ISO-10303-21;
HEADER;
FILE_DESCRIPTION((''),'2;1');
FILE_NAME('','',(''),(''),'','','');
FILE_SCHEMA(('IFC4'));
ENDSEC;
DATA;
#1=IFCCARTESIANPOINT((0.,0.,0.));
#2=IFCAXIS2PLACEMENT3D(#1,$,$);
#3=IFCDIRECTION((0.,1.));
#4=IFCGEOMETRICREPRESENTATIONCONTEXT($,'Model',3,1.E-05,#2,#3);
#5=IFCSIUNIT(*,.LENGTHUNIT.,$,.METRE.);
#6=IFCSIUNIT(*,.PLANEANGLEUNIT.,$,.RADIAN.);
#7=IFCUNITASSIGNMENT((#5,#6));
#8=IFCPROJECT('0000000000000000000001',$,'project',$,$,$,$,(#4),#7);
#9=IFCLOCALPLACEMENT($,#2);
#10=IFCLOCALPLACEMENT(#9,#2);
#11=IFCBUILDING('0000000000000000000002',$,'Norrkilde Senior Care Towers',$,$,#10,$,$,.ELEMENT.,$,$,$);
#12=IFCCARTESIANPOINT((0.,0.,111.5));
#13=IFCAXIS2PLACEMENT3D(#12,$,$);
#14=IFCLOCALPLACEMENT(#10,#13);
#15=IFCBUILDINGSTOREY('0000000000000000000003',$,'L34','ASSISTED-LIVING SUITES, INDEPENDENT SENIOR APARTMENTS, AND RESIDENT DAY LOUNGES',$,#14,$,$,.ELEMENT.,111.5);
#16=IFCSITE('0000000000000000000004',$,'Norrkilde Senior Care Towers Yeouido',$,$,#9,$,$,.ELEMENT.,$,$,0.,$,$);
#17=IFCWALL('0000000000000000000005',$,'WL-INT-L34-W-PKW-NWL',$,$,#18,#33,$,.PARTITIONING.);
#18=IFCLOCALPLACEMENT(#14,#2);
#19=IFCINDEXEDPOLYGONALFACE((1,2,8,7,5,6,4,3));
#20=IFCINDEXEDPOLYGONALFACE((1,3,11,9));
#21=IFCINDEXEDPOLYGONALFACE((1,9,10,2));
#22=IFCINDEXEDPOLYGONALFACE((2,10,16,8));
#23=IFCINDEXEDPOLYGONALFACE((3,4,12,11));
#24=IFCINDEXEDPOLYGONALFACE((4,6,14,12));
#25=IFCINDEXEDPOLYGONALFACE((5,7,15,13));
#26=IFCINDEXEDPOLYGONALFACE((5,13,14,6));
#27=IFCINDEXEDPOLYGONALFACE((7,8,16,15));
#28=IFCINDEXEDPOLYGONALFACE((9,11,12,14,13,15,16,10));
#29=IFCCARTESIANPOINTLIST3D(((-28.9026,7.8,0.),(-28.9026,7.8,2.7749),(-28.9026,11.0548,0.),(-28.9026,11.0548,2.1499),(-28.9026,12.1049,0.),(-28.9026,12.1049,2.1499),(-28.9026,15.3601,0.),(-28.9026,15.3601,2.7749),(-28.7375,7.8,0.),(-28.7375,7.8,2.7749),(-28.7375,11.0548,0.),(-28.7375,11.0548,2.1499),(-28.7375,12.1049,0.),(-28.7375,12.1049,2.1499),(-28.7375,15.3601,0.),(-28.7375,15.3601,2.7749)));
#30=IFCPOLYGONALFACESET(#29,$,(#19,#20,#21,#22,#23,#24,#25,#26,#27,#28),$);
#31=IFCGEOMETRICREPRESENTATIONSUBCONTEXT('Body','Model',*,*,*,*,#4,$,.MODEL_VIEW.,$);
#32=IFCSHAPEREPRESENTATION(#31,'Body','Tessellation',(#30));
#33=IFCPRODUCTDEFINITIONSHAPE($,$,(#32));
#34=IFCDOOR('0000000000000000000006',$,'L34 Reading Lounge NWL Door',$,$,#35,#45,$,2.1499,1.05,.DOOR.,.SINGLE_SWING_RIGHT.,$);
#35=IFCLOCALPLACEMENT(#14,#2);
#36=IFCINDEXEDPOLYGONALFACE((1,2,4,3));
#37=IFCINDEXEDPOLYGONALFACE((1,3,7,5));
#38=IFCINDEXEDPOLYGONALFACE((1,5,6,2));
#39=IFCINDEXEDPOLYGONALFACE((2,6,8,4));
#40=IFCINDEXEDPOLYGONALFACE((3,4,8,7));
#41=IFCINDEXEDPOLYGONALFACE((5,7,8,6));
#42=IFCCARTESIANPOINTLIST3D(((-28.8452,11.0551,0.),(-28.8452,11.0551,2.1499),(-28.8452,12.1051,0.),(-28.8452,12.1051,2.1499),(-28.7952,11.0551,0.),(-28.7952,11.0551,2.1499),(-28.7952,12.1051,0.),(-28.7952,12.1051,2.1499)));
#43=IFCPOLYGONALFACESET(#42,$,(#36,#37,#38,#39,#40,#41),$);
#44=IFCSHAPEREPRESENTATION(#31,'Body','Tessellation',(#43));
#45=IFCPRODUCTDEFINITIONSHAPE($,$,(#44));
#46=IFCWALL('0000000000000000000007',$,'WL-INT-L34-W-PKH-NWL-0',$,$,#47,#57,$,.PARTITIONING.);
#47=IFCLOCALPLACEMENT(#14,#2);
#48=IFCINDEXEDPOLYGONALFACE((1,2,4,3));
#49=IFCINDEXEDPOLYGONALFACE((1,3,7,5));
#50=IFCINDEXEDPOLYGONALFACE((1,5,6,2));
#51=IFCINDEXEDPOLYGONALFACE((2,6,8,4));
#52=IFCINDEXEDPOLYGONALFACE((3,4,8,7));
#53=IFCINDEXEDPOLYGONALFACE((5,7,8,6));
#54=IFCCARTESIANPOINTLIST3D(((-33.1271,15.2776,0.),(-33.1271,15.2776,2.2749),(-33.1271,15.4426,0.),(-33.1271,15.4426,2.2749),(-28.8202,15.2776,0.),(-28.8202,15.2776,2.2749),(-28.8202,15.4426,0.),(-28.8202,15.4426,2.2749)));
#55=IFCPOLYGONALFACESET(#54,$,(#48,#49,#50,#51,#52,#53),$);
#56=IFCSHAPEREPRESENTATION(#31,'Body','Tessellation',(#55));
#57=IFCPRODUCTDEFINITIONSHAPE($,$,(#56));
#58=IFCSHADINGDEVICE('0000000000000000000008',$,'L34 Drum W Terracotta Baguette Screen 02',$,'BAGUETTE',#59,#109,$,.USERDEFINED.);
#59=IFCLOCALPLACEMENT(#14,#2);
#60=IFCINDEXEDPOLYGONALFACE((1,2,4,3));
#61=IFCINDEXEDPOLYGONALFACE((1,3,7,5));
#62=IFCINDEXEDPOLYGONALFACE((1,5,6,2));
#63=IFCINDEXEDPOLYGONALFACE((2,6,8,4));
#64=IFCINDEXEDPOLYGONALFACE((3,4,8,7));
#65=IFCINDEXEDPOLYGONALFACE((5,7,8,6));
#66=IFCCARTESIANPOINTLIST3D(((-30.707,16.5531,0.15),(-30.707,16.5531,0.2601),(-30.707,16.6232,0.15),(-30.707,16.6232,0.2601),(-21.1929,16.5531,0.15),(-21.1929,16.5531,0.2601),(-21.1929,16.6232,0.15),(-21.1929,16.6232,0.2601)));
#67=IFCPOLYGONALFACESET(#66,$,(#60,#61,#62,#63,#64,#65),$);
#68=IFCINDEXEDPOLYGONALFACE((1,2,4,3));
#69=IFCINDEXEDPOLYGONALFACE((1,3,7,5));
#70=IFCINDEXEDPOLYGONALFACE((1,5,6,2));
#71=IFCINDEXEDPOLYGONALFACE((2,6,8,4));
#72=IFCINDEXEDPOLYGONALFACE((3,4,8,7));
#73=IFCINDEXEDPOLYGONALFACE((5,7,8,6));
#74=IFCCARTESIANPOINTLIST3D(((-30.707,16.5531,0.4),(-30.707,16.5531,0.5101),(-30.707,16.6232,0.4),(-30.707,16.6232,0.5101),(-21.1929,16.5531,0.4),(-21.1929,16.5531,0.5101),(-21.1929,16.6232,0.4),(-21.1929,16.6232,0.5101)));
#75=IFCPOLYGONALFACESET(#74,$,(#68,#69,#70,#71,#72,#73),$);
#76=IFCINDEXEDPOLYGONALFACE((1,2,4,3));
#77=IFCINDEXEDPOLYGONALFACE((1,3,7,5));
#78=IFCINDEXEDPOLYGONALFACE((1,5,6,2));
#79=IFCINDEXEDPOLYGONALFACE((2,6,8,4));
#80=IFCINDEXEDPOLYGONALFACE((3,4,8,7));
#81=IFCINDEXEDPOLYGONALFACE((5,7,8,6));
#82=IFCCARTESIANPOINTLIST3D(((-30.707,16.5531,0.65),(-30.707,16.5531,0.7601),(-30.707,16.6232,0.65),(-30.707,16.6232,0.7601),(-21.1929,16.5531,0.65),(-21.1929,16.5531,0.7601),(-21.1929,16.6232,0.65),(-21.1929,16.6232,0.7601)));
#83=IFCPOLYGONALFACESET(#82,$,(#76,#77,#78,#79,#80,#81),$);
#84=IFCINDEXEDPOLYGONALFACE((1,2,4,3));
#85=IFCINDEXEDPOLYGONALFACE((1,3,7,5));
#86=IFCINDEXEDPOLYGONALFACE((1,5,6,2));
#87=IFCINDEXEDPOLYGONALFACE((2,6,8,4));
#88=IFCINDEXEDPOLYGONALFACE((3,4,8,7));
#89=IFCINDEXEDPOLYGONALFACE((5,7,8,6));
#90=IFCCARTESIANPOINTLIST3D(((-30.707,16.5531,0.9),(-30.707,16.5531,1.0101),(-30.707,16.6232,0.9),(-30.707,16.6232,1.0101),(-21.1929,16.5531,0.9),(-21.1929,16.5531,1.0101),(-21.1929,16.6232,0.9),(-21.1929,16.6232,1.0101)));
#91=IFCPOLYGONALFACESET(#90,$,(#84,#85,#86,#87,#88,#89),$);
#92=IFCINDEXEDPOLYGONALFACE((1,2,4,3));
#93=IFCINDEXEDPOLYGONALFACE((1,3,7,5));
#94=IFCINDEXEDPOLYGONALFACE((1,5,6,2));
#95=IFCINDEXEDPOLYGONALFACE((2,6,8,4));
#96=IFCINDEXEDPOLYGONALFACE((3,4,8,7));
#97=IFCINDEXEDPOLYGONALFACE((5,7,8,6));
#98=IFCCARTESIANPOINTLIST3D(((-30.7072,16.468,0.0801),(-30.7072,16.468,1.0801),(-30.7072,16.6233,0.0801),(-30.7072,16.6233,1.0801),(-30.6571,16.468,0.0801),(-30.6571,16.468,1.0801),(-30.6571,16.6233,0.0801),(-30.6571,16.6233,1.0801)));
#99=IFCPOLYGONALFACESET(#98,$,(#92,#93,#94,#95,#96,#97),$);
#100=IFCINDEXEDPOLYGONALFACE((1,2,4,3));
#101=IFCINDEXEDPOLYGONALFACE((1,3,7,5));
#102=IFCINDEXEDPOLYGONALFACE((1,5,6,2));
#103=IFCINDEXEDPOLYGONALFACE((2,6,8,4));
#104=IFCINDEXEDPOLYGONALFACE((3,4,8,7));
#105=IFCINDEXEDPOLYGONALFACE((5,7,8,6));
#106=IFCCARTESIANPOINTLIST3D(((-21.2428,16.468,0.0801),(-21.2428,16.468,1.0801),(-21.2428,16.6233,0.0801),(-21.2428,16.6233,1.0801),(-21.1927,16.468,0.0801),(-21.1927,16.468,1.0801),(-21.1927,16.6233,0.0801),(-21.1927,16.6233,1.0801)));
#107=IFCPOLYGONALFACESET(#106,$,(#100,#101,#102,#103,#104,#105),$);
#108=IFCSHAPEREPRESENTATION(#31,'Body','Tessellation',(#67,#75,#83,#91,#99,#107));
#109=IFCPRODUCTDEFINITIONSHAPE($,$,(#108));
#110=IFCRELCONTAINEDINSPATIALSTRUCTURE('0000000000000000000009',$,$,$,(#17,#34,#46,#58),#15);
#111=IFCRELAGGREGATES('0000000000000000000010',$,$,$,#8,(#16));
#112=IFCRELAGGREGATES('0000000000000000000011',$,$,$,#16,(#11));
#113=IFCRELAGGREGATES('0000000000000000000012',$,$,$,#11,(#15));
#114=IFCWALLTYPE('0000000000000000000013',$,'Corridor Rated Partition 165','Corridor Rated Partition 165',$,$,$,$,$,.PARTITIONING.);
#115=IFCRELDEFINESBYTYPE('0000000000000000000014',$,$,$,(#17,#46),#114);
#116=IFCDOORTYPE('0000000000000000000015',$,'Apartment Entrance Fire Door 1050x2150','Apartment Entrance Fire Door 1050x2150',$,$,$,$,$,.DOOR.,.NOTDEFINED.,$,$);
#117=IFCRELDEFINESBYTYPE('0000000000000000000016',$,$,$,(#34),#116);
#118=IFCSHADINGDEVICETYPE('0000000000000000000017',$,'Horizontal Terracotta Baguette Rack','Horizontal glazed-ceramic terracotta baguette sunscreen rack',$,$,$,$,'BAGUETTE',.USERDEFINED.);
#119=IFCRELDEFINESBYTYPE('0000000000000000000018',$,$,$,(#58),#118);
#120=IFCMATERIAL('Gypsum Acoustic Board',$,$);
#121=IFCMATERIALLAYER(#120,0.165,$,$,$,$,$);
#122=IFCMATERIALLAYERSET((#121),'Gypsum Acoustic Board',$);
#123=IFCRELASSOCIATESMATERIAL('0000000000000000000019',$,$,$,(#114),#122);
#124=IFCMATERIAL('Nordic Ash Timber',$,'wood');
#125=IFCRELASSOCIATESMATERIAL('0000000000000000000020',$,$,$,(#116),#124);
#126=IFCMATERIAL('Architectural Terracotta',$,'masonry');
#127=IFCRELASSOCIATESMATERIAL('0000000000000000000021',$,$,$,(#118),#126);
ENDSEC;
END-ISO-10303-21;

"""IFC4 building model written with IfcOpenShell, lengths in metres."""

from ifc_helpers import new_model, si_unit, direction, frame, frame_2d, origin, origin_2d, place, context, subcontext, project, spatial, rectangle, extrude, source, transform, mapped, material, layer, layer_set, type_object, type_shapes, element, fill, save


model = new_model("IFC4")

# Units and contexts
model_context = context("Model", 3, precision=1e-05, world=origin(), true_north=direction((0.0, 1.0)))
body_context = subcontext(model_context, "Body", "Model", "MODEL_VIEW")
ifc_project = project(units=[si_unit("LENGTHUNIT", "METRE"), si_unit("PLANEANGLEUNIT", "RADIAN")], contexts=[model_context])

# Site, building, storey
site_placement = place(None, origin())
site = spatial("IfcSite", under=ifc_project, at=site_placement, Name="Norrkilde Senior Care Towers Yeouido", CompositionType="ELEMENT", RefElevation=0.0)
building_placement = place(site_placement, origin())
building = spatial("IfcBuilding", under=site, at=building_placement, Name="Norrkilde Senior Care Towers", CompositionType="ELEMENT")
storey_placement = place(building_placement, frame((0.0, 0.0, 111.5)))
storey = spatial("IfcBuildingStorey", under=building, at=storey_placement, Name="L34", Description="ASSISTED-LIVING SUITES, INDEPENDENT SENIOR APARTMENTS, AND RESIDENT DAY LOUNGES", CompositionType="ELEMENT", Elevation=111.5)

# Shared definitions
ifc_material_1 = material(Name="Gypsum Acoustic Board")
ifc_layer_1 = layer(ifc_material_1, 0.165)
ifc_layer_set_1 = layer_set([ifc_layer_1], Name="Gypsum Acoustic Board")
wall_type_1 = type_object("IfcWallType", Name="Corridor Rated Partition 165", Description="Corridor Rated Partition 165", PredefinedType="PARTITIONING", material=ifc_layer_set_1)

# Wall, opening, door
shared_shape_1 = source(origin(), body_context, "Body", "SweptSolid", [
    extrude(rectangle(XDim=7.5601, YDim=0.165, at=frame_2d((3.78, 0.0))), origin(), (0.0, 0.0, 1.0), 2.7749),
])
wall_1_placement = place(storey_placement, frame((-28.8201, 7.8, 0.0), z_axis=(0.0, 0.0, 1.0), x_axis=(0.0, 1.0, 0.0)))
wall_1 = element("IfcWall", 1, at=wall_1_placement, inside=storey, type_object=wall_type_1, Name="WL-INT-L34-W-PKW-NWL", PredefinedType="PARTITIONING", context=body_context, shape_type="MappedRepresentation", body=[
    mapped(shared_shape_1, transform((0.0, 0.0, 0.0), x_axis=(1.0, 0.0, 0.0), y_axis=(0.0, 1.0, 0.0), z_axis=(0.0, 0.0, 1.0), scale=1.0)),
])
opening_placement = place(wall_1_placement, frame((3.2549, 0.0, 0.0)))
opening = element("IfcOpeningElement", 2, at=opening_placement, cuts=wall_1, PredefinedType="OPENING", context=body_context, shape_type="SweptSolid", body=[
    extrude(rectangle(XDim=1.05, YDim=2.1499, at=frame_2d((0.5249, 1.075))), frame((0.0, 0.0925, 0.0), z_axis=(0.0, -1.0, 0.0), x_axis=(1.0, 0.0, 0.0)), (0.0, 0.0, 1.0), 0.1851),
])
ifc_material_2 = material(Name="Nordic Ash Timber", Category="wood")
door_type = type_object("IfcDoorType", Name="Apartment Entrance Fire Door 1050x2150", Description="Apartment Entrance Fire Door 1050x2150", OperationType="NOTDEFINED", PredefinedType="DOOR", material=ifc_material_2)
shared_shape_2 = source(origin(), body_context, "Body", "SweptSolid", [
    extrude(rectangle(XDim=1.05, YDim=2.1499, at=frame_2d((0.5249, 1.075))), frame((0.0, 0.0249, 0.0), z_axis=(0.0, -1.0, 0.0), x_axis=(1.0, 0.0, 0.0)), (0.0, 0.0, 1.0), 0.05),
])
type_shapes(door_type, [shared_shape_2])
door_placement = place(opening_placement, frame((1.05, 0.0, 0.0), z_axis=(0.0, 0.0, 1.0), x_axis=(-1.0, 0.0, 0.0)))
door = element("IfcDoor", 3, at=door_placement, inside=storey, type_object=door_type, Name="L34 Reading Lounge NWL Door", OperationType="SINGLE_SWING_RIGHT", OverallHeight=2.1499, OverallWidth=1.05, PredefinedType="DOOR", context=body_context, shape_type="MappedRepresentation", body=[
    mapped(shared_shape_2, transform((0.0, 0.0, 0.0), x_axis=(1.0, 0.0, 0.0), y_axis=(0.0, 1.0, 0.0), z_axis=(0.0, 0.0, 1.0), scale=1.0)),
])
fill(opening, door)

# Wall
shared_shape_3 = source(origin(), body_context, "Body", "SweptSolid", [
    extrude(rectangle(XDim=4.3069, YDim=0.165, at=frame_2d((2.1533, 0.0))), origin(), (0.0, 0.0, 1.0), 2.2749),
])
wall_2_placement = place(storey_placement, frame((-33.127, 15.3601, 0.0), z_axis=(0.0, 0.0, 1.0), x_axis=(1.0, 0.0, 0.0)))
element("IfcWall", 4, at=wall_2_placement, inside=storey, type_object=wall_type_1, Name="WL-INT-L34-W-PKH-NWL-0", PredefinedType="PARTITIONING", context=body_context, shape_type="MappedRepresentation", body=[
    mapped(shared_shape_3, transform((0.0, 0.0, 0.0), x_axis=(1.0, 0.0, 0.0), y_axis=(0.0, 1.0, 0.0), z_axis=(0.0, 0.0, 1.0), scale=1.0)),
])

# Shading device
ifc_material_3 = material(Name="Architectural Terracotta", Category="masonry")
shading_device_type = type_object("IfcShadingDeviceType", Name="Horizontal Terracotta Baguette Rack", Description="Horizontal glazed-ceramic terracotta baguette sunscreen rack", ElementType="BAGUETTE", PredefinedType="USERDEFINED", material=ifc_material_3)
shared_shape_4 = source(origin(), body_context, "Body", "SweptSolid", [
    extrude(rectangle(XDim=0.0701, YDim=0.1101, at=origin_2d()), frame((0.0, 0.0901, 0.125), z_axis=(1.0, 0.0, 0.0), x_axis=(0.0, 1.0, 0.0)), (0.0, 0.0, 1.0), 9.5142),
    extrude(rectangle(XDim=0.0701, YDim=0.1101, at=origin_2d()), frame((0.0, 0.0901, 0.375), z_axis=(1.0, 0.0, 0.0), x_axis=(0.0, 1.0, 0.0)), (0.0, 0.0, 1.0), 9.5142),
    extrude(rectangle(XDim=0.0701, YDim=0.1101, at=origin_2d()), frame((0.0, 0.0901, 0.625), z_axis=(1.0, 0.0, 0.0), x_axis=(0.0, 1.0, 0.0)), (0.0, 0.0, 1.0), 9.5142),
    extrude(rectangle(XDim=0.0701, YDim=0.1101, at=origin_2d()), frame((0.0, 0.0901, 0.875), z_axis=(1.0, 0.0, 0.0), x_axis=(0.0, 1.0, 0.0)), (0.0, 0.0, 1.0), 9.5142),
    extrude(rectangle(XDim=0.05, YDim=0.1553, at=origin_2d()), frame((0.0249, 0.0476, 0.0)), (0.0, 0.0, 1.0), 1.0),
    extrude(rectangle(XDim=0.05, YDim=0.1553, at=origin_2d()), frame((9.4893, 0.0476, 0.0)), (0.0, 0.0, 1.0), 1.0),
])
type_shapes(shading_device_type, [shared_shape_4])
shading_device_placement = place(storey_placement, frame((-30.707, 16.498, 0.0801), z_axis=(0.0, 0.0, 1.0), x_axis=(1.0, 0.0, 0.0)))
element("IfcShadingDevice", 5, at=shading_device_placement, inside=storey, type_object=shading_device_type, Name="L34 Drum W Terracotta Baguette Screen 02", ObjectType="BAGUETTE", PredefinedType="USERDEFINED", context=body_context, shape_type="MappedRepresentation", body=[
    mapped(shared_shape_4, transform((0.0, 0.0, 0.0), x_axis=(1.0, 0.0, 0.0), y_axis=(0.0, 1.0, 0.0), z_axis=(0.0, 0.0, 1.0), scale=1.0)),
])

save(model, "model.ifc")
